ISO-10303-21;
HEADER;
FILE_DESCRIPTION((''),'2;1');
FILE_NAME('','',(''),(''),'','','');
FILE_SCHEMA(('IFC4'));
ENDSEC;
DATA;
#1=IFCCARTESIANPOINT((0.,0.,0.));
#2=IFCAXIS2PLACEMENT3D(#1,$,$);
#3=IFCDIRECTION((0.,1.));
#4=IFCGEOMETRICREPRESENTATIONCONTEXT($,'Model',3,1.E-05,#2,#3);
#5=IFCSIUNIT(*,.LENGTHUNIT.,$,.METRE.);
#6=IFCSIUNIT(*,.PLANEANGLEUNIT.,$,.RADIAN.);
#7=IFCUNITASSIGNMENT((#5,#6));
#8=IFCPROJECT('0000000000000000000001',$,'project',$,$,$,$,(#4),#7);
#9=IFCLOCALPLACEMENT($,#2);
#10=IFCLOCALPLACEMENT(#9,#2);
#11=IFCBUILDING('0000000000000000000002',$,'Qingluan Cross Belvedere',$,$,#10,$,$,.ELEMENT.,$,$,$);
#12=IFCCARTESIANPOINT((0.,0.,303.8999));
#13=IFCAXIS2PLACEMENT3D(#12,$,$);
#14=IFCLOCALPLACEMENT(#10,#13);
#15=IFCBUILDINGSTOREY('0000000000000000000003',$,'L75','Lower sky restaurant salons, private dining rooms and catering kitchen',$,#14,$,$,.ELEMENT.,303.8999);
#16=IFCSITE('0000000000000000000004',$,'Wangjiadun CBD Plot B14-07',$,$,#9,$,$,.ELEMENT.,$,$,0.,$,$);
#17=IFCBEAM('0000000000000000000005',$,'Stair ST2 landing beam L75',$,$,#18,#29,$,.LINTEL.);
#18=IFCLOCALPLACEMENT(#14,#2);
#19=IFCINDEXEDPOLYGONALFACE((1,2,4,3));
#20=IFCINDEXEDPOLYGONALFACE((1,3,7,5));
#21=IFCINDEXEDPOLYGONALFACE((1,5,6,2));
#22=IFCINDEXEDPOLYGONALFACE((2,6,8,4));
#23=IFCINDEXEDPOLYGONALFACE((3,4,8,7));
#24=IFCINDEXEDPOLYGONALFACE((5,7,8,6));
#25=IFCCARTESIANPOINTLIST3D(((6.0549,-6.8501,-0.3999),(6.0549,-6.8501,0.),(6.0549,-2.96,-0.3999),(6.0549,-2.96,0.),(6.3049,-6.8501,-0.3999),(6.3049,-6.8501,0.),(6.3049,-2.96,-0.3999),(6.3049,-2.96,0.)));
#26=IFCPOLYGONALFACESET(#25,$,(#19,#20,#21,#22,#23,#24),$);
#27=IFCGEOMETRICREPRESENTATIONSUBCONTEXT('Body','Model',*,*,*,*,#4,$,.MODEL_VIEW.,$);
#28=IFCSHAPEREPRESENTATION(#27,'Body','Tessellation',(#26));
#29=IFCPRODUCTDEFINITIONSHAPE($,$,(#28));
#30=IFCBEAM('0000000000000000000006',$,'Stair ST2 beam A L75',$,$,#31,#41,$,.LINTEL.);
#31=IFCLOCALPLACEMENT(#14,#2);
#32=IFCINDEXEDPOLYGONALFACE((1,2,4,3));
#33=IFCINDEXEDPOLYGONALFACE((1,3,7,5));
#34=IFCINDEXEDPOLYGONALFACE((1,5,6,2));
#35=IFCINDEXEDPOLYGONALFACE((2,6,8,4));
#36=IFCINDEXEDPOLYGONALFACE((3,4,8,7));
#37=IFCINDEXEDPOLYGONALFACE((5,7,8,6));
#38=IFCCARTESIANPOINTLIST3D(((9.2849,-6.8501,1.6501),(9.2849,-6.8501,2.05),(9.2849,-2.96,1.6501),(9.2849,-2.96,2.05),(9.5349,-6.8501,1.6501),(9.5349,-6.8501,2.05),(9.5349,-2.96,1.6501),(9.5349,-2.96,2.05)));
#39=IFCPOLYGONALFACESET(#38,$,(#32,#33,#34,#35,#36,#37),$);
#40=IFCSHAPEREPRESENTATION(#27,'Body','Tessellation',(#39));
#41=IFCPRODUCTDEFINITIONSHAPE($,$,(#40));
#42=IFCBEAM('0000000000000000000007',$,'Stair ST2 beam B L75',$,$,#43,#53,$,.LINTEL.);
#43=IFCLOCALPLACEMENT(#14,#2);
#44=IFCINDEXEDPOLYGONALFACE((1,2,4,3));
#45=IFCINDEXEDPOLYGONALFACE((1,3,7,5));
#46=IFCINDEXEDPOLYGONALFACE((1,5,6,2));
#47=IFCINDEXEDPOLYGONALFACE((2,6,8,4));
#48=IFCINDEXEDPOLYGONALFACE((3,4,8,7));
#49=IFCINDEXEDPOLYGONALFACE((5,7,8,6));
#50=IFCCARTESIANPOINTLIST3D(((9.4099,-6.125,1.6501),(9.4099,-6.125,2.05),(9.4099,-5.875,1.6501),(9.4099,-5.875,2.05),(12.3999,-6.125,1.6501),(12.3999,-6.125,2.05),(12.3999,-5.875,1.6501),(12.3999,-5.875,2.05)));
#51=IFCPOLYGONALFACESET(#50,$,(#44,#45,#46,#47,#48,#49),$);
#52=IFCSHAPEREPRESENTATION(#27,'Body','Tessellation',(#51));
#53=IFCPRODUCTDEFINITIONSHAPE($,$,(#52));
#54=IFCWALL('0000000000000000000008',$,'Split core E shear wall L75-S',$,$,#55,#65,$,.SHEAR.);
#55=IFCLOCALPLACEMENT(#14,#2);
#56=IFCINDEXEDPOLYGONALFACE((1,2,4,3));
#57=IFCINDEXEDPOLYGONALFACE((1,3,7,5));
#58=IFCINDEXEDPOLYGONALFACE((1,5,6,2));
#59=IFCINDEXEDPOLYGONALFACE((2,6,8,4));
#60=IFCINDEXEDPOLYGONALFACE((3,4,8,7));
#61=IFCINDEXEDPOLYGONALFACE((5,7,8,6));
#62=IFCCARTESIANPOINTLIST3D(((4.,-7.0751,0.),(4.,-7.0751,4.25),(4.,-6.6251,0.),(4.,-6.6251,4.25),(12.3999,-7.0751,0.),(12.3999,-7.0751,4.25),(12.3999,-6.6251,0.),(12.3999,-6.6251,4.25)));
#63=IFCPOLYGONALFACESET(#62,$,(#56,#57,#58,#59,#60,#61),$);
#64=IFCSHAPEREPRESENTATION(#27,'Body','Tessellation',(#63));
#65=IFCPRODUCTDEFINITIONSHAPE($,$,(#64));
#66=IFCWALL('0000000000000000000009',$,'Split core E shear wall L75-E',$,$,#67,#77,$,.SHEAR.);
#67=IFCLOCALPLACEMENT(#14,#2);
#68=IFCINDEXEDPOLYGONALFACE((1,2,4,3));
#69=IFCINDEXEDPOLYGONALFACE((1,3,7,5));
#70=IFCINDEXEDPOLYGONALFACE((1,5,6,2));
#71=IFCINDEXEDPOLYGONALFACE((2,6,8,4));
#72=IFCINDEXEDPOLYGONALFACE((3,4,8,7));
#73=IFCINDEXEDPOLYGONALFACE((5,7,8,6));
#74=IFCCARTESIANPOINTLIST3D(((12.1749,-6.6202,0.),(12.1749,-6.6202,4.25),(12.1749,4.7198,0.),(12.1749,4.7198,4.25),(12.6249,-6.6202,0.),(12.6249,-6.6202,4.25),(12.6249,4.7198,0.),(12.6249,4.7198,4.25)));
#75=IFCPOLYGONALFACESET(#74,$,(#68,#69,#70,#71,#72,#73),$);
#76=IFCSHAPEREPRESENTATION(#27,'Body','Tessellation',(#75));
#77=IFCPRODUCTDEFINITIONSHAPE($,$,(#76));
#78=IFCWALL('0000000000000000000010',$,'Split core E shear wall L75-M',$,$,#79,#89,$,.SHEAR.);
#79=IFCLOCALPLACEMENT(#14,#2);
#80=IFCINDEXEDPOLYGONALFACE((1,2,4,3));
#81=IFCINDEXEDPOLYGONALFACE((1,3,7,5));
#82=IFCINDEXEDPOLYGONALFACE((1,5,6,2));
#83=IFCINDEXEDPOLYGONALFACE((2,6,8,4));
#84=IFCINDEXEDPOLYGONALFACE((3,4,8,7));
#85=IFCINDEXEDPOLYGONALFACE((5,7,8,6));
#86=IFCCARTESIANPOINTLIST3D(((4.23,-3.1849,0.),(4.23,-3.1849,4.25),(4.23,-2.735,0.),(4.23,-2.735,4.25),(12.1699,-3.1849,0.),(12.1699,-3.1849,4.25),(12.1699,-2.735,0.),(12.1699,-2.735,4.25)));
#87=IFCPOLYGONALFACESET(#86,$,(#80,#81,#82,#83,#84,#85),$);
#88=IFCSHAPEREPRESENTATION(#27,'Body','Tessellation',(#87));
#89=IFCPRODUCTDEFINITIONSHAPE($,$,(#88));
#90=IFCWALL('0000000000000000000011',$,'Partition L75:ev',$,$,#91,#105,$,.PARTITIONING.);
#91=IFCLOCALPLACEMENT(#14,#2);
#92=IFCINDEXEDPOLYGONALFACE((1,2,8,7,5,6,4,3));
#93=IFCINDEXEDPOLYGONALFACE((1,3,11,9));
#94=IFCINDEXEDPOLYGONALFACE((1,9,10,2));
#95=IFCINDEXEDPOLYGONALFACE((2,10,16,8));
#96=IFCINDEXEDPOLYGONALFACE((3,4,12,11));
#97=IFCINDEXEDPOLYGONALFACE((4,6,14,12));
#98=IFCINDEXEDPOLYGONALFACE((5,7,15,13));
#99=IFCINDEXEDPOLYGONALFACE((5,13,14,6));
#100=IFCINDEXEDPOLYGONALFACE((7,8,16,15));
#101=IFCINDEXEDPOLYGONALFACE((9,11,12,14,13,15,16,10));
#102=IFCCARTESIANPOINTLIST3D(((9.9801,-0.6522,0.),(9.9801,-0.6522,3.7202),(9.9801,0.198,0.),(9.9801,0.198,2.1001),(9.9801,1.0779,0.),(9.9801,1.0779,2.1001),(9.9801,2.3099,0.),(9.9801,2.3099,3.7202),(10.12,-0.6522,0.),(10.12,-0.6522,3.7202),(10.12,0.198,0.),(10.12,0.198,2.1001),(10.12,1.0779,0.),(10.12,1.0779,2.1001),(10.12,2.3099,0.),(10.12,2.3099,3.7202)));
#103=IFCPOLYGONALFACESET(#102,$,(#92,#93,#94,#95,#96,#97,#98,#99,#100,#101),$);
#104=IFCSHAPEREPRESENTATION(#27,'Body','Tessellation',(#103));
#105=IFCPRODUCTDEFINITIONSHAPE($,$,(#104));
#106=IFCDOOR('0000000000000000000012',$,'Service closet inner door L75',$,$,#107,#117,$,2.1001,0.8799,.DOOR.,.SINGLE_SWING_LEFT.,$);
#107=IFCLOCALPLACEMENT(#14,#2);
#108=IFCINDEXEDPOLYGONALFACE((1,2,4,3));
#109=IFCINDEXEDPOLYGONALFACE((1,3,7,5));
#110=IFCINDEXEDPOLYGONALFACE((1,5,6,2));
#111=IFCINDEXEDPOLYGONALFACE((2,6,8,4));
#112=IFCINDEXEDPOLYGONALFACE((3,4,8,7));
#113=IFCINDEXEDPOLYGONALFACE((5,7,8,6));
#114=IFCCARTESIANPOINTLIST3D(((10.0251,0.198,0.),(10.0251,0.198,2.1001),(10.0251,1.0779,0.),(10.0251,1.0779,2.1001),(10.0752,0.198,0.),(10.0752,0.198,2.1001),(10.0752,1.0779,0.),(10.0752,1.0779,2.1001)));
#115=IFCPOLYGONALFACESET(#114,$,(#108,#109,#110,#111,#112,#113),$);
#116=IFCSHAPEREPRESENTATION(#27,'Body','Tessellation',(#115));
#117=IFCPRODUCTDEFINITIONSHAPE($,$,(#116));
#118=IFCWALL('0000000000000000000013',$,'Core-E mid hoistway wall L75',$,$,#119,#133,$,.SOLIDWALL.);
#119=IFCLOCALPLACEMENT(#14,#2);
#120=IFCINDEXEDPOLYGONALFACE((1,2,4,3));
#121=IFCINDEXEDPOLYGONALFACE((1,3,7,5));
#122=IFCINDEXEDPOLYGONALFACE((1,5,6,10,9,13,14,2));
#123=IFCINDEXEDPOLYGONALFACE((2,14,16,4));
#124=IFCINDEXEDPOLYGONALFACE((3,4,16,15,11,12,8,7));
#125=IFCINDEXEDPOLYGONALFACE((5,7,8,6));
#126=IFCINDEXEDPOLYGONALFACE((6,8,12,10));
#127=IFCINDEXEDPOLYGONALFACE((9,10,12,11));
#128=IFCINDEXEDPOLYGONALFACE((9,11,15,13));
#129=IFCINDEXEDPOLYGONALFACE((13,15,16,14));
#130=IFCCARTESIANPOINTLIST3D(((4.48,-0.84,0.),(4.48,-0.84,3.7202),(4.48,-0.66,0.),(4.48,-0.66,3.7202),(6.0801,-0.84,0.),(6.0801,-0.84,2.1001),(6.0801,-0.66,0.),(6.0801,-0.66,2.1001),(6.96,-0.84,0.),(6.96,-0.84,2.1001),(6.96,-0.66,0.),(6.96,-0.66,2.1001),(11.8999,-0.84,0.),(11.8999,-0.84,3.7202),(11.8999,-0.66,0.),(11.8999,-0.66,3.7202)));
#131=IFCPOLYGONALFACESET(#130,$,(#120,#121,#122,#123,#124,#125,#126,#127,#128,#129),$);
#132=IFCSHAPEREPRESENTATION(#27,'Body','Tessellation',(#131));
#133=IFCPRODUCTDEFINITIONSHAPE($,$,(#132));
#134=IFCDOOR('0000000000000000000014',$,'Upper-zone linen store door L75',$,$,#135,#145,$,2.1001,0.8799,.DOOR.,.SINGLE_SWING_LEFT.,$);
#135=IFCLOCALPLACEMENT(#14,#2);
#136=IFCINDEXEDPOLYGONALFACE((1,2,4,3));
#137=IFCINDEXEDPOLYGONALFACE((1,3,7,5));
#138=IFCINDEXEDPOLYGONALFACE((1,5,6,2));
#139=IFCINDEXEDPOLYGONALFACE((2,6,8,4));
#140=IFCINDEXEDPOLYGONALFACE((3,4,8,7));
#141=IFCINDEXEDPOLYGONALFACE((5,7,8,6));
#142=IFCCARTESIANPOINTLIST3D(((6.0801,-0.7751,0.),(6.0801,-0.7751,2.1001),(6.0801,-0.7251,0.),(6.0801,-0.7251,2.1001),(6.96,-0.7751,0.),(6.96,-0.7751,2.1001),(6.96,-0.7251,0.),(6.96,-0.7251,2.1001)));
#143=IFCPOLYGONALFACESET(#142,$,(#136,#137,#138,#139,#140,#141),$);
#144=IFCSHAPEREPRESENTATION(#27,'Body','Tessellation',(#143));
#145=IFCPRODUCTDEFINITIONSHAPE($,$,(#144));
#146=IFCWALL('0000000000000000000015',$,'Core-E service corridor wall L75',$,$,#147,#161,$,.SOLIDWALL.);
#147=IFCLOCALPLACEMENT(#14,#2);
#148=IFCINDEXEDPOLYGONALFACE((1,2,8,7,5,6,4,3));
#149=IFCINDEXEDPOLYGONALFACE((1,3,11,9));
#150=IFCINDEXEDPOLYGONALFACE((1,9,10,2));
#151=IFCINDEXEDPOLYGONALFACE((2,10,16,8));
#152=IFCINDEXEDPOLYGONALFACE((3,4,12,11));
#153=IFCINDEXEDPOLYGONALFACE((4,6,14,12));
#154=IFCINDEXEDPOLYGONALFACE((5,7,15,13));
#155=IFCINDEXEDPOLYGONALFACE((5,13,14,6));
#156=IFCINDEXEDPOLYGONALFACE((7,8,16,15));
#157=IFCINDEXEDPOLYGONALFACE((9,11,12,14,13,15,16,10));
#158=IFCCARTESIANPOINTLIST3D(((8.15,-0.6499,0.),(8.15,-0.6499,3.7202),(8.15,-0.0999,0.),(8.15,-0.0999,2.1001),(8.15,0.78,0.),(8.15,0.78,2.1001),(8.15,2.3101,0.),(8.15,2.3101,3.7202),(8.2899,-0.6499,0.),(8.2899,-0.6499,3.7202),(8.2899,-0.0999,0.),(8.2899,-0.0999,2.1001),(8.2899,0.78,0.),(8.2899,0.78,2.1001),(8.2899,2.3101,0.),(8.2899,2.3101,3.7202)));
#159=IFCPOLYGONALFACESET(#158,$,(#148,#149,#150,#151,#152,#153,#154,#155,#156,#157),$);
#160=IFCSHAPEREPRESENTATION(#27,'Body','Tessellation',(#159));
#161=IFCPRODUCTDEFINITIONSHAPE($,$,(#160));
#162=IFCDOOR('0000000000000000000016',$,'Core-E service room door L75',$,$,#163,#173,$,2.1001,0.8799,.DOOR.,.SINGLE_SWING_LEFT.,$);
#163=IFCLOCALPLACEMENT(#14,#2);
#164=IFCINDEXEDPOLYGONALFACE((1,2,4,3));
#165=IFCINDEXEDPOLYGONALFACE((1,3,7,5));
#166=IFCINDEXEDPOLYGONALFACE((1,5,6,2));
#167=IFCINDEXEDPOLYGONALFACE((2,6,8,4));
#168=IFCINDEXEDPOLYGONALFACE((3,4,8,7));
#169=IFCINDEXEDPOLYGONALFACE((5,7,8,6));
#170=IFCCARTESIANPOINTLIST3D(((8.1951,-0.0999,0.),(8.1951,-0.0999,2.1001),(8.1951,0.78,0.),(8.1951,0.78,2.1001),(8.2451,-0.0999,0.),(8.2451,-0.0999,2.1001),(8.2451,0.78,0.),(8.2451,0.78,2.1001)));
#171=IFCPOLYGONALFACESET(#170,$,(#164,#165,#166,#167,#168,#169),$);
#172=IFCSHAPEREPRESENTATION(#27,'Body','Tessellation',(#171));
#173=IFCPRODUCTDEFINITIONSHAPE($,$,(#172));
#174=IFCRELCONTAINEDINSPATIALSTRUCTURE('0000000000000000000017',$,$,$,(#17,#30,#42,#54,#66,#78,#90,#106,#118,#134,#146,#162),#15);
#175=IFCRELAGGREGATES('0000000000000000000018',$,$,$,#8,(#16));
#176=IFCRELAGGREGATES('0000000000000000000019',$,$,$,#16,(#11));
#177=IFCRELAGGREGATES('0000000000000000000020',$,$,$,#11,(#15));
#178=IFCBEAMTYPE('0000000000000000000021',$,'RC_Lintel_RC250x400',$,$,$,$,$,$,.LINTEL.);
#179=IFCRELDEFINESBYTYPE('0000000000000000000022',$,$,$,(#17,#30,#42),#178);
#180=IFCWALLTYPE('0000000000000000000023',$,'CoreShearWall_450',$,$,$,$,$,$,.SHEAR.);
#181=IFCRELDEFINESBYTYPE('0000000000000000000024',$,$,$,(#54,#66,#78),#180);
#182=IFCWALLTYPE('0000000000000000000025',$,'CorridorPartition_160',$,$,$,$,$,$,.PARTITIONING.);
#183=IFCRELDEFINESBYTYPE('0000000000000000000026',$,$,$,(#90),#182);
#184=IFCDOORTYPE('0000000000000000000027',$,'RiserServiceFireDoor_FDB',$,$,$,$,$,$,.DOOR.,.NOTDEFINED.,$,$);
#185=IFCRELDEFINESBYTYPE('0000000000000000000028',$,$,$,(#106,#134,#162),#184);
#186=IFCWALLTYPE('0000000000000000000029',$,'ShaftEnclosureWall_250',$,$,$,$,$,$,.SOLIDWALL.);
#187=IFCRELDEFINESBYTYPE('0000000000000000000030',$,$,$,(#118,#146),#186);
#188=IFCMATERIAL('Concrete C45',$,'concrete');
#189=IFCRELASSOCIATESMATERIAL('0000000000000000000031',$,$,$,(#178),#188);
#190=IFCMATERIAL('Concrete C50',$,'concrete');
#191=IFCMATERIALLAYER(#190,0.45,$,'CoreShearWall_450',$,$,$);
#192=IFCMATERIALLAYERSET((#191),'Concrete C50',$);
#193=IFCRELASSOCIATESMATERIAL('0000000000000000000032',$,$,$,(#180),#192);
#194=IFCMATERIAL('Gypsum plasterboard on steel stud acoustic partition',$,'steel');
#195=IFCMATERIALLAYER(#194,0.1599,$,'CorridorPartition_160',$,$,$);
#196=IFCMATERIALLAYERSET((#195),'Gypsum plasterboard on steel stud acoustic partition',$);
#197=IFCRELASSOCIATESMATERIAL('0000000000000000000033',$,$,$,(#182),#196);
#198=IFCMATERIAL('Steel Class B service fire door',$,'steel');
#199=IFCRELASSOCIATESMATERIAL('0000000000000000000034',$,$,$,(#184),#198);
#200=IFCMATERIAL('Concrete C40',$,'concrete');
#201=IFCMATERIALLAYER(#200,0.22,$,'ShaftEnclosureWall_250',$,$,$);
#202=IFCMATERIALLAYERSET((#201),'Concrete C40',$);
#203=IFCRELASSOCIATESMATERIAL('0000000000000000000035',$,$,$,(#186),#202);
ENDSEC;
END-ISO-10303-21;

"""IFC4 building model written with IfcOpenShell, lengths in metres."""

from ifc_helpers import new_model, si_unit, direction, frame, frame_2d, origin, origin_2d, place, context, subcontext, project, spatial, rectangle, extrude, material, layer, layer_set, material_profile, profile_set, type_object, element, fill, save


model = new_model("IFC4")

# Units and contexts
model_context = context("Model", 3, precision=1e-05, world=origin(), true_north=direction((0.0, 1.0)))
body_context = subcontext(model_context, "Body", "Model", "MODEL_VIEW")
ifc_project = project(units=[si_unit("LENGTHUNIT", "METRE"), si_unit("PLANEANGLEUNIT", "RADIAN")], contexts=[model_context])

# Site, building, storey
site_placement = place(None, origin())
site = spatial("IfcSite", under=ifc_project, at=site_placement, Name="Wangjiadun CBD Plot B14-07", CompositionType="ELEMENT", RefElevation=0.0)
building_placement = place(site_placement, origin())
building = spatial("IfcBuilding", under=site, at=building_placement, Name="Qingluan Cross Belvedere", CompositionType="ELEMENT")
storey_placement = place(building_placement, frame((0.0, 0.0, 303.8999)))
storey = spatial("IfcBuildingStorey", under=building, at=storey_placement, Name="L75", Description="Lower sky restaurant salons, private dining rooms and catering kitchen", CompositionType="ELEMENT", Elevation=303.8999)

# Beams
ifc_material_1 = material(Name="Concrete C45", Category="concrete")
ifc_material_profile = material_profile(ifc_material_1, rectangle(XDim=0.25, YDim=0.3999, at=origin_2d()), Name="RC250x400")
ifc_profile_set = profile_set([ifc_material_profile], Name="Concrete C45")
beam_type = type_object("IfcBeamType", Name="RC_Lintel_RC250x400", PredefinedType="LINTEL", material=ifc_profile_set)
for number, where, z_axis, x_axis, name in (
    (1, (6.1799, -6.8501, -0.2), (0.0, 1.0, 0.0), (-1.0, 0.0, 0.0), "Stair ST2 landing beam L75"),
    (2, (9.4099, -6.8501, 1.8501), (0.0, 1.0, 0.0), (-1.0, 0.0, 0.0), "Stair ST2 beam A L75"),
):
    element("IfcBeam", number, at=place(storey_placement, frame(where, z_axis=z_axis, x_axis=x_axis)), inside=storey, type_object=beam_type, Name=name, PredefinedType="LINTEL", context=body_context, shape_type="SweptSolid", body=[
        extrude(rectangle(XDim=0.25, YDim=0.3999, at=origin_2d()), origin(), (0.0, 0.0, 1.0), 3.8901),
    ])
beam_placement = place(storey_placement, frame((12.3999, -6.0, 1.8501), z_axis=(-1.0, 0.0, 0.0), x_axis=(0.0, -1.0, 0.0)))
element("IfcBeam", 3, at=beam_placement, inside=storey, type_object=beam_type, Name="Stair ST2 beam B L75", PredefinedType="LINTEL", context=body_context, shape_type="SweptSolid", body=[
    extrude(rectangle(XDim=0.25, YDim=0.3999, at=origin_2d()), origin(), (0.0, 0.0, 1.0), 2.99),
])

# Wall
ifc_material_2 = material(Name="Concrete C50", Category="concrete")
ifc_layer_1 = layer(ifc_material_2, 0.45, Name="CoreShearWall_450")
ifc_layer_set_1 = layer_set([ifc_layer_1], Name="Concrete C50")
wall_type_1 = type_object("IfcWallType", Name="CoreShearWall_450", PredefinedType="SHEAR", material=ifc_layer_set_1)
wall_1_placement = place(storey_placement, frame((4.0, -6.8501, 0.0), z_axis=(0.0, 0.0, 1.0), x_axis=(1.0, 0.0, 0.0)))
element("IfcWall", 4, at=wall_1_placement, inside=storey, type_object=wall_type_1, Name="Split core E shear wall L75-S", PredefinedType="SHEAR", context=body_context, shape_type="SweptSolid", body=[
    extrude(rectangle(XDim=8.3999, YDim=0.45, at=frame_2d((4.2, 0.0))), origin(), (0.0, 0.0, 1.0), 4.25),
])

# Walls
wall_2_placement = place(storey_placement, frame((12.3999, -6.6201, 0.0), z_axis=(0.0, 0.0, 1.0), x_axis=(0.0, 1.0, 0.0)))
element("IfcWall", 5, at=wall_2_placement, inside=storey, type_object=wall_type_1, Name="Split core E shear wall L75-E", PredefinedType="SHEAR", context=body_context, shape_type="SweptSolid", body=[
    extrude(rectangle(XDim=11.3401, YDim=0.45, at=frame_2d((5.6699, 0.0))), origin(), (0.0, 0.0, 1.0), 4.25),
])
wall_3_placement = place(storey_placement, frame((4.23, -2.96, 0.0), z_axis=(0.0, 0.0, 1.0), x_axis=(1.0, 0.0, 0.0)))
element("IfcWall", 6, at=wall_3_placement, inside=storey, type_object=wall_type_1, Name="Split core E shear wall L75-M", PredefinedType="SHEAR", context=body_context, shape_type="SweptSolid", body=[
    extrude(rectangle(XDim=7.9399, YDim=0.45, at=frame_2d((3.97, 0.0))), origin(), (0.0, 0.0, 1.0), 4.25),
])

# Walls, openings, doors
ifc_material_3 = material(Name="Gypsum plasterboard on steel stud acoustic partition", Category="steel")
ifc_layer_2 = layer(ifc_material_3, 0.1599, Name="CorridorPartition_160")
ifc_layer_set_2 = layer_set([ifc_layer_2], Name="Gypsum plasterboard on steel stud acoustic partition")
wall_type_2 = type_object("IfcWallType", Name="CorridorPartition_160", PredefinedType="PARTITIONING", material=ifc_layer_set_2)
wall_4_placement = place(storey_placement, frame((10.05, -0.6521, 0.0), z_axis=(0.0, 0.0, 1.0), x_axis=(0.0, 1.0, 0.0)))
wall_4 = element("IfcWall", 7, at=wall_4_placement, inside=storey, type_object=wall_type_2, Name="Partition L75:ev", PredefinedType="PARTITIONING", context=body_context, shape_type="SweptSolid", body=[
    extrude(rectangle(XDim=2.9622, YDim=0.1399, at=frame_2d((1.481, 0.0))), origin(), (0.0, 0.0, 1.0), 3.7202),
])
opening_1_placement = place(wall_4_placement, frame((0.8501, 0.0, 0.0)))
opening_1 = element("IfcOpeningElement", 8, at=opening_1_placement, cuts=wall_4, PredefinedType="OPENING", context=body_context, shape_type="SweptSolid", body=[
    extrude(rectangle(XDim=0.8799, YDim=2.1001, at=frame_2d((0.4399, 1.05))), frame((0.0, 0.0798, 0.0), z_axis=(0.0, -1.0, 0.0), x_axis=(1.0, 0.0, 0.0)), (0.0, 0.0, 1.0), 0.1599),
])
ifc_material_4 = material(Name="Steel Class B service fire door", Category="steel")
door_type_1 = type_object("IfcDoorType", Name="RiserServiceFireDoor_FDB", OperationType="NOTDEFINED", PredefinedType="DOOR", material=ifc_material_4)
door_1_placement = place(opening_1_placement, origin())
door_1 = element("IfcDoor", 9, at=door_1_placement, inside=storey, type_object=door_type_1, Name="Service closet inner door L75", OperationType="SINGLE_SWING_LEFT", OverallHeight=2.1001, OverallWidth=0.8799, PredefinedType="DOOR", context=body_context, shape_type="SweptSolid", body=[
    extrude(rectangle(XDim=0.8799, YDim=2.1001, at=frame_2d((0.4399, 1.05))), frame((0.0, 0.0249, 0.0), z_axis=(0.0, -1.0, 0.0), x_axis=(1.0, 0.0, 0.0)), (0.0, 0.0, 1.0), 0.05),
])
fill(opening_1, door_1)
ifc_material_5 = material(Name="Concrete C40", Category="concrete")
ifc_layer_3 = layer(ifc_material_5, 0.22, Name="ShaftEnclosureWall_250")
ifc_layer_set_3 = layer_set([ifc_layer_3], Name="Concrete C40")
wall_type_3 = type_object("IfcWallType", Name="ShaftEnclosureWall_250", PredefinedType="SOLIDWALL", material=ifc_layer_set_3)
wall_5_placement = place(storey_placement, frame((4.48, -0.75, 0.0), z_axis=(0.0, 0.0, 1.0), x_axis=(1.0, 0.0, 0.0)))
wall_5 = element("IfcWall", 10, at=wall_5_placement, inside=storey, type_object=wall_type_3, Name="Core-E mid hoistway wall L75", PredefinedType="SOLIDWALL", context=body_context, shape_type="SweptSolid", body=[
    extrude(rectangle(XDim=7.4199, YDim=0.1799, at=frame_2d((3.71, 0.0))), origin(), (0.0, 0.0, 1.0), 3.7202),
])
opening_2_placement = place(wall_5_placement, frame((1.6001, 0.0, 0.0)))
opening_2 = element("IfcOpeningElement", 11, at=opening_2_placement, cuts=wall_5, PredefinedType="OPENING", context=body_context, shape_type="SweptSolid", body=[
    extrude(rectangle(XDim=0.8799, YDim=2.1001, at=frame_2d((0.4399, 1.05))), frame((0.0, 0.0999, 0.0), z_axis=(0.0, -1.0, 0.0), x_axis=(1.0, 0.0, 0.0)), (0.0, 0.0, 1.0), 0.2),
])
door_2_placement = place(opening_2_placement, origin())
door_2 = element("IfcDoor", 12, at=door_2_placement, inside=storey, type_object=door_type_1, Name="Upper-zone linen store door L75", OperationType="SINGLE_SWING_LEFT", OverallHeight=2.1001, OverallWidth=0.8799, PredefinedType="DOOR", context=body_context, shape_type="SweptSolid", body=[
    extrude(rectangle(XDim=0.8799, YDim=2.1001, at=frame_2d((0.4399, 1.05))), frame((0.0, 0.0249, 0.0), z_axis=(0.0, -1.0, 0.0), x_axis=(1.0, 0.0, 0.0)), (0.0, 0.0, 1.0), 0.05),
])
fill(opening_2, door_2)
wall_6_placement = place(storey_placement, frame((8.22, -0.6499, 0.0), z_axis=(0.0, 0.0, 1.0), x_axis=(0.0, 1.0, 0.0)))
wall_6 = element("IfcWall", 13, at=wall_6_placement, inside=storey, type_object=wall_type_3, Name="Core-E service corridor wall L75", PredefinedType="SOLIDWALL", context=body_context, shape_type="SweptSolid", body=[
    extrude(rectangle(XDim=2.96, YDim=0.1399, at=frame_2d((1.48, 0.0))), origin(), (0.0, 0.0, 1.0), 3.7202),
])
opening_3_placement = place(wall_6_placement, frame((0.55, 0.0, 0.0)))
opening_3 = element("IfcOpeningElement", 14, at=opening_3_placement, cuts=wall_6, PredefinedType="OPENING", context=body_context, shape_type="SweptSolid", body=[
    extrude(rectangle(XDim=0.8799, YDim=2.1001, at=frame_2d((0.4399, 1.05))), frame((0.0, 0.0798, 0.0), z_axis=(0.0, -1.0, 0.0), x_axis=(1.0, 0.0, 0.0)), (0.0, 0.0, 1.0), 0.1599),
])
door_3_placement = place(opening_3_placement, origin())
door_3 = element("IfcDoor", 15, at=door_3_placement, inside=storey, type_object=door_type_1, Name="Core-E service room door L75", OperationType="SINGLE_SWING_LEFT", OverallHeight=2.1001, OverallWidth=0.8799, PredefinedType="DOOR", context=body_context, shape_type="SweptSolid", body=[
    extrude(rectangle(XDim=0.8799, YDim=2.1001, at=frame_2d((0.4399, 1.05))), frame((0.0, 0.0249, 0.0), z_axis=(0.0, -1.0, 0.0), x_axis=(1.0, 0.0, 0.0)), (0.0, 0.0, 1.0), 0.05),
])
fill(opening_3, door_3)

save(model, "model.ifc")
